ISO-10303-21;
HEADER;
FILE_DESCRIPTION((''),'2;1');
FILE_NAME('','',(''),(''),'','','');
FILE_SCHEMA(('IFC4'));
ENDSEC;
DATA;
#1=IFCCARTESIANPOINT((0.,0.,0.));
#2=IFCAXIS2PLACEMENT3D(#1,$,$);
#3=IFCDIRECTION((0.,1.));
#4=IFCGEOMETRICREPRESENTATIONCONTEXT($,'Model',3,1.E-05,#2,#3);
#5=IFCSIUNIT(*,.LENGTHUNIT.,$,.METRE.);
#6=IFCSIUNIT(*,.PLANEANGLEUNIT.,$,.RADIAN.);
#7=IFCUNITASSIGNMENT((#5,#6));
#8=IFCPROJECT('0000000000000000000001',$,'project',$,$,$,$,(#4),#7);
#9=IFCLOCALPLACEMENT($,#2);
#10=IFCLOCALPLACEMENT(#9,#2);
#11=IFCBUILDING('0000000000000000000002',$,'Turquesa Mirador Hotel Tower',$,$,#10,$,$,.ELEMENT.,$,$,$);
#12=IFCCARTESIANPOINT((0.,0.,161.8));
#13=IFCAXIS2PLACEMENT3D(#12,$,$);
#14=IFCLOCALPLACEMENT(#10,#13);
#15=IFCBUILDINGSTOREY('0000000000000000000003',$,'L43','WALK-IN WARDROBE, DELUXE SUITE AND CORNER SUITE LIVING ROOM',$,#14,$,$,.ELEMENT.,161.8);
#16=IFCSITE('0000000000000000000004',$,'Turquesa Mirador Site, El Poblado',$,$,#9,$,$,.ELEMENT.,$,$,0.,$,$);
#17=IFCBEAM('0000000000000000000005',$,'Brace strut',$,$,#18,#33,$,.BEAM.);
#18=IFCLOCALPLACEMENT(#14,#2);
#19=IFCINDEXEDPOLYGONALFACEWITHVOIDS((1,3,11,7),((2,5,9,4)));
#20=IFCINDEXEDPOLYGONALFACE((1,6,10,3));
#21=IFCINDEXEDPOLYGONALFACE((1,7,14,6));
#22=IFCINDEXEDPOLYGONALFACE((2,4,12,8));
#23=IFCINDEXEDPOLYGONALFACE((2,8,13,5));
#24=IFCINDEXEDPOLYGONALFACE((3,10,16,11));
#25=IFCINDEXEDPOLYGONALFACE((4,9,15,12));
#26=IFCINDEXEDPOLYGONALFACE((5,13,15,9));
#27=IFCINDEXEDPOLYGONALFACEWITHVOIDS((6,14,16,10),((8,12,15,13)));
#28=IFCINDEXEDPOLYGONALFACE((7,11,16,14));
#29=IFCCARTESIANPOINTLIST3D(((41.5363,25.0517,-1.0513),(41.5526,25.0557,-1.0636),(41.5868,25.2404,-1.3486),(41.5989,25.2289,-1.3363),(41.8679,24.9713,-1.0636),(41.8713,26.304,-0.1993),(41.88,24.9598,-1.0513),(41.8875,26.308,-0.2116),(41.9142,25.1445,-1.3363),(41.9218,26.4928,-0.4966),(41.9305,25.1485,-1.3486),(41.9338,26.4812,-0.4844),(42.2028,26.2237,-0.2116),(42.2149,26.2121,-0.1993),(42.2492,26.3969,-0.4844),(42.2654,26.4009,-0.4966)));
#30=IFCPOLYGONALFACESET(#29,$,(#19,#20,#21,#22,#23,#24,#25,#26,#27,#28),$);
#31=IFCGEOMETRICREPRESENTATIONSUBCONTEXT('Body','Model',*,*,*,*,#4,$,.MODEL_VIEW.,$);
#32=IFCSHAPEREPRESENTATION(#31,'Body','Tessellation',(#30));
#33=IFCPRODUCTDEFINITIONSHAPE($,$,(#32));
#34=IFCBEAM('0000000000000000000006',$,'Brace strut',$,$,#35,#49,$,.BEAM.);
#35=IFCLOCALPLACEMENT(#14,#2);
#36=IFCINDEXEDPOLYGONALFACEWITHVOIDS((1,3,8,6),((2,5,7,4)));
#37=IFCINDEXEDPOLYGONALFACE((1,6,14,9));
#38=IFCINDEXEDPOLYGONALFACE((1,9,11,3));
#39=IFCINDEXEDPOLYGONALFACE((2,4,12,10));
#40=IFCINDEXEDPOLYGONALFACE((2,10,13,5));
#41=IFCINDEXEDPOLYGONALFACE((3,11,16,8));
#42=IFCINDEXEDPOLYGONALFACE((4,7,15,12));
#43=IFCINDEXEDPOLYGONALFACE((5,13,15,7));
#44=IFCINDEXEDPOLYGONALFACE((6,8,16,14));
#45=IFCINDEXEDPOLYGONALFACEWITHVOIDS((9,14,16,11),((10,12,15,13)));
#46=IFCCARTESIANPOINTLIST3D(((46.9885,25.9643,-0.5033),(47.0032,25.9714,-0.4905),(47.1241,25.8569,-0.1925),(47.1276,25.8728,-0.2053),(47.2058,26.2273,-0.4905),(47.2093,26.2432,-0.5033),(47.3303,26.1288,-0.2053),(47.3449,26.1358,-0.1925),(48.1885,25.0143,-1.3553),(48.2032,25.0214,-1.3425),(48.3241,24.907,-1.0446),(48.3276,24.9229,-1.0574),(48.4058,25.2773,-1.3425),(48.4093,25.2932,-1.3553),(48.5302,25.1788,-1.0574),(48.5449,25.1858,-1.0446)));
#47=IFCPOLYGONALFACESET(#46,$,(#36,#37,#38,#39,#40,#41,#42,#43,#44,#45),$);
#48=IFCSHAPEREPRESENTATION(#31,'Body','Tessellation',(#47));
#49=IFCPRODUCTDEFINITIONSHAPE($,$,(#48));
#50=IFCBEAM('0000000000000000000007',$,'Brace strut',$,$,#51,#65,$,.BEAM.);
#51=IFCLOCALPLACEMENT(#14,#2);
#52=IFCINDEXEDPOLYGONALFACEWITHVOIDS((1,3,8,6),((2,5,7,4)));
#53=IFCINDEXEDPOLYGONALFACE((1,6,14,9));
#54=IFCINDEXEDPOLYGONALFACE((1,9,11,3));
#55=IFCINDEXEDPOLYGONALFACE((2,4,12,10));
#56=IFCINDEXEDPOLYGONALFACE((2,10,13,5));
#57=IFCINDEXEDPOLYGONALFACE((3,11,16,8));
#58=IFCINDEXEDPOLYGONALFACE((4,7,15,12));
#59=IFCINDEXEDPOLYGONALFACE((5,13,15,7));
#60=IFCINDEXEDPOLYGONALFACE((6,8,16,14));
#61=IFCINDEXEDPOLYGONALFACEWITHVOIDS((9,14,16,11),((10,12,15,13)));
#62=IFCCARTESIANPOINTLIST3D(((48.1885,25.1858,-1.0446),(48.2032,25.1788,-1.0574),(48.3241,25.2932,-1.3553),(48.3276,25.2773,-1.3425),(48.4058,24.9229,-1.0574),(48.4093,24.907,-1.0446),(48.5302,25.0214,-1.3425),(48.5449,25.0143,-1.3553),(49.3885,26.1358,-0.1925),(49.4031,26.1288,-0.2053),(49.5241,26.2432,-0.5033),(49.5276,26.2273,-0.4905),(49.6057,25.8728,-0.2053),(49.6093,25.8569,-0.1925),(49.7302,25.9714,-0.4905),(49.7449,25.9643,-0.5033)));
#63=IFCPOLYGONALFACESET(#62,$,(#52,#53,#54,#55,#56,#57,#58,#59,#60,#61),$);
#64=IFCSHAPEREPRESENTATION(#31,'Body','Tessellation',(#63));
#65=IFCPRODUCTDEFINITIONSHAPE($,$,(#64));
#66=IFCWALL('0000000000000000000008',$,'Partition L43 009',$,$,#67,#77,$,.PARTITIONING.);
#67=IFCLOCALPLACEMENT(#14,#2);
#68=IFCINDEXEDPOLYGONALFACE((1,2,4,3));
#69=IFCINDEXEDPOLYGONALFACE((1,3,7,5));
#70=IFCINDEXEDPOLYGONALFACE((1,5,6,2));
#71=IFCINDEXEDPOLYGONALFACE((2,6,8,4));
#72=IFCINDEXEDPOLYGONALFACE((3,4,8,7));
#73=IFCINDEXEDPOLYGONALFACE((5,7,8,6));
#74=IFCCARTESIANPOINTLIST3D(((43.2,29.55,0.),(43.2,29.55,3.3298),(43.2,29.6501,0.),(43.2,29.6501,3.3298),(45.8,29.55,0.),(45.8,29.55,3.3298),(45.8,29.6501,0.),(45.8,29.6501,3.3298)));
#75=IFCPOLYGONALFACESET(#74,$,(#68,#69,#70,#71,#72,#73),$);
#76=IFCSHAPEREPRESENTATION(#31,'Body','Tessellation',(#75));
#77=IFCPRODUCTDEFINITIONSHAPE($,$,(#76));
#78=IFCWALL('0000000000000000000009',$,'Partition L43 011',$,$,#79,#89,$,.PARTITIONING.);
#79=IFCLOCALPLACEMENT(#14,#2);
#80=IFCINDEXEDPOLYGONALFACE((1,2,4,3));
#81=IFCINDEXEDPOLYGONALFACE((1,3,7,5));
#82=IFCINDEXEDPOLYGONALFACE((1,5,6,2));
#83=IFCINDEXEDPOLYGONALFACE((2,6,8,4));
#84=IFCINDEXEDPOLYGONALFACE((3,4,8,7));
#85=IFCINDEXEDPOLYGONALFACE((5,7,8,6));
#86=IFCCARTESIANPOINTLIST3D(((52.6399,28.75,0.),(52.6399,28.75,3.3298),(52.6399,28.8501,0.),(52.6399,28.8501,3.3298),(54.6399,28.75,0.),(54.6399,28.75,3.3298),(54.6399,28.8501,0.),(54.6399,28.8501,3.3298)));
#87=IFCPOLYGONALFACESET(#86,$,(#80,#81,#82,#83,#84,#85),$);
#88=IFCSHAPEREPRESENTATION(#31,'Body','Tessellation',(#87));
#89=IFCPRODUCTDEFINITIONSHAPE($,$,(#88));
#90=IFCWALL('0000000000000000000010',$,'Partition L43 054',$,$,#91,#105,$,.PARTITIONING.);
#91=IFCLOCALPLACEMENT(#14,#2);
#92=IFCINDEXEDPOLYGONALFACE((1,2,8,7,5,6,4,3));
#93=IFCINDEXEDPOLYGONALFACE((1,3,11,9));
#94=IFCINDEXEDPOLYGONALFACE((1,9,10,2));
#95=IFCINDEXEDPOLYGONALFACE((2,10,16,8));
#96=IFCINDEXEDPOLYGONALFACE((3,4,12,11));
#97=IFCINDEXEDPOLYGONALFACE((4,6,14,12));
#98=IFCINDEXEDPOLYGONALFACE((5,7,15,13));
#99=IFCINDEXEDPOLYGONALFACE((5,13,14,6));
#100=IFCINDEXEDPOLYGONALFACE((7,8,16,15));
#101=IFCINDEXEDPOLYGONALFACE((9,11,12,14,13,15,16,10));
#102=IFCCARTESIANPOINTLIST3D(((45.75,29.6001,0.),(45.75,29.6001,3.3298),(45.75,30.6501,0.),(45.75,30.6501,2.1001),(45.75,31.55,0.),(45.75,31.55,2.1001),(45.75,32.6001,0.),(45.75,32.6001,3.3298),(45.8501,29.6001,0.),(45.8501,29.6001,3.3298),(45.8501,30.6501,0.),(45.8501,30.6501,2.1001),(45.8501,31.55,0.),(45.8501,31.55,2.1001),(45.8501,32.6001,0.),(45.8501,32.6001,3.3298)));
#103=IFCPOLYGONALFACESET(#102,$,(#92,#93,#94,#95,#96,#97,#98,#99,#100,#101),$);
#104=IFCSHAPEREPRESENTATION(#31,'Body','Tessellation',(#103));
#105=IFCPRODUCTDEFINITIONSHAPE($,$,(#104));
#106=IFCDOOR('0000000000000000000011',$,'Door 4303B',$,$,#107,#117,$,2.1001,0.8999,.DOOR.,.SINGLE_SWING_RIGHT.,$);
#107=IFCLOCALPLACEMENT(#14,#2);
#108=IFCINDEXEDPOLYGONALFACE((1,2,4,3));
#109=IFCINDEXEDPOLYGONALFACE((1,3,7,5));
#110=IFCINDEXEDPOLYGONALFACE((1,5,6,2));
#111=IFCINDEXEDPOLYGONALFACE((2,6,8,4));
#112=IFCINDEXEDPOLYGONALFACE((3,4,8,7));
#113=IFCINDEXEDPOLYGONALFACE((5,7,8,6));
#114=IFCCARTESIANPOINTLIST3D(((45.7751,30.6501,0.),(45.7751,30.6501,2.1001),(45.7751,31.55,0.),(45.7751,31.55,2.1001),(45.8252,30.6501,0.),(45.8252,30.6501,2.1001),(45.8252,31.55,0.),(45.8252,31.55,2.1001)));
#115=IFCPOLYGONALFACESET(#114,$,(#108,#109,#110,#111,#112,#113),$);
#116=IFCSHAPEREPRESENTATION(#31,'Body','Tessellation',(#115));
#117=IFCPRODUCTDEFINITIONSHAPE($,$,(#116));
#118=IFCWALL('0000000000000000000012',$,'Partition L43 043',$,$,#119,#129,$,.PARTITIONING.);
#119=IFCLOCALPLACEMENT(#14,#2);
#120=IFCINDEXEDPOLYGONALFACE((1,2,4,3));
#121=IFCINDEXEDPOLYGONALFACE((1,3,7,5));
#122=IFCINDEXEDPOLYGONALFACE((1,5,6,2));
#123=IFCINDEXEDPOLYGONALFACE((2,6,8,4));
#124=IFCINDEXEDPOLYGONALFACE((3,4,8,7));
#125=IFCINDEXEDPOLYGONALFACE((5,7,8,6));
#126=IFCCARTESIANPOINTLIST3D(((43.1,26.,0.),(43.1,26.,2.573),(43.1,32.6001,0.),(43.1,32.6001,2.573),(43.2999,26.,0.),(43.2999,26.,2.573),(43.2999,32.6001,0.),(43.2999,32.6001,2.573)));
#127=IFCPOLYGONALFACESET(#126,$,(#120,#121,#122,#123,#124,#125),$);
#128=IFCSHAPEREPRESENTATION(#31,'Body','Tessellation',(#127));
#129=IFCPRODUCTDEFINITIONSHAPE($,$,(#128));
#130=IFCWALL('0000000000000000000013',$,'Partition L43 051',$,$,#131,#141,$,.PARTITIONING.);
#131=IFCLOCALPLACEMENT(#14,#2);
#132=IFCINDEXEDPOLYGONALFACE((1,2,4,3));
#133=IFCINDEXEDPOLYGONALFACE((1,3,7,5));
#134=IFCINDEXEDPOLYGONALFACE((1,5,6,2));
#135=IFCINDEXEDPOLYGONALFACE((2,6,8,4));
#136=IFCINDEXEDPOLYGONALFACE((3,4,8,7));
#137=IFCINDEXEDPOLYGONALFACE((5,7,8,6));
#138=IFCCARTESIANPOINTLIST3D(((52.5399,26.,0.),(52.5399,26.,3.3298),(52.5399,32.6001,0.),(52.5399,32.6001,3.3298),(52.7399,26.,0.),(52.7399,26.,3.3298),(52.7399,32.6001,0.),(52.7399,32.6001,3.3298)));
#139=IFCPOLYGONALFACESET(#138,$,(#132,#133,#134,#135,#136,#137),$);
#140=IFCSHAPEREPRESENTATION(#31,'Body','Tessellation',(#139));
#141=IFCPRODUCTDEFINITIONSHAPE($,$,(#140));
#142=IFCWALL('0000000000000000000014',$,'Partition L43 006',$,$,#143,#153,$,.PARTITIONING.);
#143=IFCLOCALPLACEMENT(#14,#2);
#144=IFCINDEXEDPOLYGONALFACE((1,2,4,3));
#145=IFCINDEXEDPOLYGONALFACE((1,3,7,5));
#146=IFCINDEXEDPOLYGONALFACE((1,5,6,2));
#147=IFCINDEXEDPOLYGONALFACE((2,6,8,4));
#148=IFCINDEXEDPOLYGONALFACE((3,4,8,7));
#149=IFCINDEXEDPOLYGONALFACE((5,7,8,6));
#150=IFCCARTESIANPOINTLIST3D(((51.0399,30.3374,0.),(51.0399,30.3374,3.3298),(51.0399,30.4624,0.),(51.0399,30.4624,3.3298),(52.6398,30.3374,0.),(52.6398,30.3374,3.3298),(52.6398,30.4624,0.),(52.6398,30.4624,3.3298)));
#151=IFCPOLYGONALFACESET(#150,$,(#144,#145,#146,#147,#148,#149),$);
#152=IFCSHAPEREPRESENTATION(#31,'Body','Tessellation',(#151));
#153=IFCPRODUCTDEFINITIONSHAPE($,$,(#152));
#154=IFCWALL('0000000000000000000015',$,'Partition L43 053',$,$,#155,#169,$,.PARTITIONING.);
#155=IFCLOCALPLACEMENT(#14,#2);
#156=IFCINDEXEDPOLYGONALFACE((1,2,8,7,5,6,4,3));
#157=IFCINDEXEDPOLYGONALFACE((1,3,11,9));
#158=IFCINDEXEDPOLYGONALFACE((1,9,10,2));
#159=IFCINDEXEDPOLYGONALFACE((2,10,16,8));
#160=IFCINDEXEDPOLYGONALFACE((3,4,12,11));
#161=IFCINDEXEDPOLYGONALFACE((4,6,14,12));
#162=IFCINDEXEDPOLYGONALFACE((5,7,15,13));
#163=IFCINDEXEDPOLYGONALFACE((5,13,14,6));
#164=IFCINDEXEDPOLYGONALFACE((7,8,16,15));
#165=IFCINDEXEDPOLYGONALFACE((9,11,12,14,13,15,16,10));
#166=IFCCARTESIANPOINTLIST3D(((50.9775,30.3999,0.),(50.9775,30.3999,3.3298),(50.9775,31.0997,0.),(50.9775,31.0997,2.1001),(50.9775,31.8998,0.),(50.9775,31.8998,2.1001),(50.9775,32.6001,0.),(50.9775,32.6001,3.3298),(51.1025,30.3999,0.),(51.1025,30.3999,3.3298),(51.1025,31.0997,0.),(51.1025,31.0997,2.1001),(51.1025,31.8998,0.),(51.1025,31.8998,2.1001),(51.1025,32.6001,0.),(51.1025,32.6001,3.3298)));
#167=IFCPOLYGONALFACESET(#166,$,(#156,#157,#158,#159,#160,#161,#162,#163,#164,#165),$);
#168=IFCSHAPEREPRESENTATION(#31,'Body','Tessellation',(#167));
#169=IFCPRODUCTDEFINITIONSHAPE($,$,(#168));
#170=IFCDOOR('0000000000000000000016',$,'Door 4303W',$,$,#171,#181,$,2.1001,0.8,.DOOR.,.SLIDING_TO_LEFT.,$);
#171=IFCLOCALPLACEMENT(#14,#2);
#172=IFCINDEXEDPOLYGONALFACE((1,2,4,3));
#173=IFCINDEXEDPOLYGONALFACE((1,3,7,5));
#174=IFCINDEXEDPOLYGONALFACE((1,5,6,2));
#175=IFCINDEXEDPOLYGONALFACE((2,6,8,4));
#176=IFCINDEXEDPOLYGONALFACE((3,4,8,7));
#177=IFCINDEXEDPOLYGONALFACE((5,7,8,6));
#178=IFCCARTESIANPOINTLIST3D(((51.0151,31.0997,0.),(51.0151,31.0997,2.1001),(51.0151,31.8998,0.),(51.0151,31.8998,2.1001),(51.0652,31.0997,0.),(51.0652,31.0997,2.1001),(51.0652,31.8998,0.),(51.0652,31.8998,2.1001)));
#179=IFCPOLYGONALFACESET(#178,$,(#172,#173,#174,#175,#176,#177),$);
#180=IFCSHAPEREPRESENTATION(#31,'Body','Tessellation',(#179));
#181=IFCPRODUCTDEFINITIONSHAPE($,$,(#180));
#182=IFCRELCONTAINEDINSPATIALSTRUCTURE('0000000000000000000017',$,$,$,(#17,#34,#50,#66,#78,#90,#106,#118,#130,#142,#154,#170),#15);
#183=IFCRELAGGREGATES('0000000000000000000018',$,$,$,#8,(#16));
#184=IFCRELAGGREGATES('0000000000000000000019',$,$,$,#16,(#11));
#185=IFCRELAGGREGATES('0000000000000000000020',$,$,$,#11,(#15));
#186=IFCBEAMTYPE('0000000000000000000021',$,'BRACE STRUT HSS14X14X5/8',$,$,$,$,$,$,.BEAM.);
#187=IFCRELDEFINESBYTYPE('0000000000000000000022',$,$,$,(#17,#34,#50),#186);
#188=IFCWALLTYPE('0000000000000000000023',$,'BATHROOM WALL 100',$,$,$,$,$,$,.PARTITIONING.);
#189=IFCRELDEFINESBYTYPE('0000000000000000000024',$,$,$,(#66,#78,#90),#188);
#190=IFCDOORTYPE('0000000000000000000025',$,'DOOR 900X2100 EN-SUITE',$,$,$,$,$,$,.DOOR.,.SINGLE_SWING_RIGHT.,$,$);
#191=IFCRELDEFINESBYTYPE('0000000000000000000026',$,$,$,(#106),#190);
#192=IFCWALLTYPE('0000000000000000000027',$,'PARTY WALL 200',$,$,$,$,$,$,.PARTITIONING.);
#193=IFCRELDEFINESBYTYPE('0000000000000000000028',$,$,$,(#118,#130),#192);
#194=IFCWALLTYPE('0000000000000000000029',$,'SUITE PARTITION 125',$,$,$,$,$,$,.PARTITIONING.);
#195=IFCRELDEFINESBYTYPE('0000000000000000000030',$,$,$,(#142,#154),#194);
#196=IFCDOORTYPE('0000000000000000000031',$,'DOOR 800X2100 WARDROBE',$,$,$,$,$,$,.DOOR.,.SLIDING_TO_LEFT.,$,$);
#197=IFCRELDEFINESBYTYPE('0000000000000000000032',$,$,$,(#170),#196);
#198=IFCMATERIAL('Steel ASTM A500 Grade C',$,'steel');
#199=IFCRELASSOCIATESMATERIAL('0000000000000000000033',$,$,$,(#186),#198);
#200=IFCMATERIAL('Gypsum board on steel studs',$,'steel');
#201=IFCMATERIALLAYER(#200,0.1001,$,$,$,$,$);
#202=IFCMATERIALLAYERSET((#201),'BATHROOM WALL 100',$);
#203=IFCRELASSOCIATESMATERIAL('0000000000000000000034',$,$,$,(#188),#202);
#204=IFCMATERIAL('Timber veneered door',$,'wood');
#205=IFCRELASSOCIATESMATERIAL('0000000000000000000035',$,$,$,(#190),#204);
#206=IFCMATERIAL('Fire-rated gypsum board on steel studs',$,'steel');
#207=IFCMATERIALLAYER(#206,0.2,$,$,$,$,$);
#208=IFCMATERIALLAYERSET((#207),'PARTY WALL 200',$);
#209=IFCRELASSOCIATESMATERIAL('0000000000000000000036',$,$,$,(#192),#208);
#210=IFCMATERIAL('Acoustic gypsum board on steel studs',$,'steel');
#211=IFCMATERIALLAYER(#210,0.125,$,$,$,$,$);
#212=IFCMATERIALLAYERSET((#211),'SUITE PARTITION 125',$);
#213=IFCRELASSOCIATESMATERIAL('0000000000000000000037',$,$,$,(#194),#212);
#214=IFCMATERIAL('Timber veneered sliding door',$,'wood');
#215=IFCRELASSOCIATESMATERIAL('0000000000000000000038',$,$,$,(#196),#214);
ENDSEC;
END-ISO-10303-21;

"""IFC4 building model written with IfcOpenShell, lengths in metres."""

from ifc_helpers import new_model, si_unit, direction, frame, frame_2d, origin, origin_2d, place, context, subcontext, project, spatial, rectangle, hollow_rectangle, extrude, material, layer, layer_set, material_profile, profile_set, type_object, element, fill, save


model = new_model("IFC4")

# Units and contexts
model_context = context("Model", 3, precision=1e-05, world=origin(), true_north=direction((0.0, 1.0)))
body_context = subcontext(model_context, "Body", "Model", "MODEL_VIEW")
ifc_project = project(units=[si_unit("LENGTHUNIT", "METRE"), si_unit("PLANEANGLEUNIT", "RADIAN")], contexts=[model_context])

# Site, building, storey
site_placement = place(None, origin())
site = spatial("IfcSite", under=ifc_project, at=site_placement, Name="Turquesa Mirador Site, El Poblado", CompositionType="ELEMENT", RefElevation=0.0)
building_placement = place(site_placement, origin())
building = spatial("IfcBuilding", under=site, at=building_placement, Name="Turquesa Mirador Hotel Tower", CompositionType="ELEMENT")
storey_placement = place(building_placement, frame((0.0, 0.0, 161.8)))
storey = spatial("IfcBuildingStorey", under=building, at=storey_placement, Name="L43", Description="WALK-IN WARDROBE, DELUXE SUITE AND CORNER SUITE LIVING ROOM", CompositionType="ELEMENT", Elevation=161.8)

# Beams
ifc_material_1 = material(Name="Steel ASTM A500 Grade C", Category="steel")
ifc_material_profile_1 = material_profile(ifc_material_1, hollow_rectangle(XDim=0.3557, YDim=0.3557, WallThickness=0.0146, at=origin_2d()), Name="HSS14X14X5/8")
ifc_profile_set_1 = profile_set([ifc_material_profile_1], Name="Steel ASTM A500 Grade C")
beam_type_1 = type_object("IfcBeamType", Name="BRACE STRUT HSS14X14X5/8", PredefinedType="BEAM", material=ifc_profile_set_1)
beam_1_placement = place(storey_placement, frame((41.7334, 25.1001, -1.2), z_axis=(0.215911, 0.807305, 0.549219), x_axis=(-0.966047, 0.258366, 0.0)))
element("IfcBeam", 1, at=beam_1_placement, inside=storey, type_object=beam_type_1, Name="Brace strut", PredefinedType="BEAM", context=body_context, shape_type="SweptSolid", body=[
    extrude(hollow_rectangle(XDim=0.3557, YDim=0.3557, WallThickness=0.0146, at=origin_2d()), origin(), (0.0, 0.0, 1.0), 1.5513),
])
for number, where, z_axis, x_axis, name in (
    (2, (48.3667, 25.1001, -1.2), (-0.68504, 0.542318, 0.486427), (-0.620699, -0.784049, 0.0), "Brace strut"),
    (3, (48.3667, 25.1001, -1.2), (0.68504, 0.542318, 0.486427), (-0.620699, 0.784049, 0.0), "Brace strut"),
):
    element("IfcBeam", number, at=place(storey_placement, frame(where, z_axis=z_axis, x_axis=x_axis)), inside=storey, type_object=beam_type_1, Name=name, PredefinedType="BEAM", context=body_context, shape_type="SweptSolid", body=[
        extrude(hollow_rectangle(XDim=0.3557, YDim=0.3557, WallThickness=0.0146, at=origin_2d()), origin(), (0.0, 0.0, 1.0), 1.7517),
    ])

# Walls
ifc_material_2 = material(Name="Gypsum board on steel studs", Category="steel")
ifc_layer_1 = layer(ifc_material_2, 0.1001)
ifc_layer_set_1 = layer_set([ifc_layer_1], Name="BATHROOM WALL 100")
wall_type_1 = type_object("IfcWallType", Name="BATHROOM WALL 100", PredefinedType="PARTITIONING", material=ifc_layer_set_1)
wall_1_placement = place(storey_placement, frame((43.2, 29.6001, 0.0), z_axis=(0.0, 0.0, 1.0), x_axis=(1.0, 0.0, 0.0)))
element("IfcWall", 4, at=wall_1_placement, inside=storey, type_object=wall_type_1, Name="Partition L43 009", PredefinedType="PARTITIONING", context=body_context, shape_type="SweptSolid", body=[
    extrude(rectangle(XDim=2.6001, YDim=0.1001, at=frame_2d((1.3, 0.0))), origin(), (0.0, 0.0, 1.0), 3.3298),
])
wall_2_placement = place(storey_placement, frame((52.6399, 28.8, 0.0), z_axis=(0.0, 0.0, 1.0), x_axis=(1.0, 0.0, 0.0)))
element("IfcWall", 5, at=wall_2_placement, inside=storey, type_object=wall_type_1, Name="Partition L43 011", PredefinedType="PARTITIONING", context=body_context, shape_type="SweptSolid", body=[
    extrude(rectangle(XDim=2.0, YDim=0.1001, at=frame_2d((1.0, 0.0))), origin(), (0.0, 0.0, 1.0), 3.3298),
])

# Wall, opening, door
wall_3_placement = place(storey_placement, frame((45.8, 29.6001, 0.0), z_axis=(0.0, 0.0, 1.0), x_axis=(0.0, 1.0, 0.0)))
wall_3 = element("IfcWall", 6, at=wall_3_placement, inside=storey, type_object=wall_type_1, Name="Partition L43 054", PredefinedType="PARTITIONING", context=body_context, shape_type="SweptSolid", body=[
    extrude(rectangle(XDim=3.0, YDim=0.1001, at=frame_2d((1.5, 0.0))), origin(), (0.0, 0.0, 1.0), 3.3298),
])
opening_1_placement = place(wall_3_placement, frame((1.05, 0.0, 0.0)))
opening_1 = element("IfcOpeningElement", 7, at=opening_1_placement, cuts=wall_3, PredefinedType="OPENING", context=body_context, shape_type="SweptSolid", body=[
    extrude(rectangle(XDim=0.8999, YDim=2.1001, at=frame_2d((0.45, 1.05))), frame((0.0, 0.0601, 0.0), z_axis=(0.0, -1.0, 0.0), x_axis=(1.0, 0.0, 0.0)), (0.0, 0.0, 1.0), 0.1201),
])
ifc_material_3 = material(Name="Timber veneered door", Category="wood")
door_type_1 = type_object("IfcDoorType", Name="DOOR 900X2100 EN-SUITE", OperationType="SINGLE_SWING_RIGHT", PredefinedType="DOOR", material=ifc_material_3)
door_1_placement = place(opening_1_placement, origin())
door_1 = element("IfcDoor", 8, at=door_1_placement, inside=storey, type_object=door_type_1, Name="Door 4303B", OperationType="SINGLE_SWING_RIGHT", OverallHeight=2.1001, OverallWidth=0.8999, PredefinedType="DOOR", context=body_context, shape_type="SweptSolid", body=[
    extrude(rectangle(XDim=0.8999, YDim=2.1001, at=frame_2d((0.45, 1.05))), frame((0.0, 0.0249, 0.0), z_axis=(0.0, -1.0, 0.0), x_axis=(1.0, 0.0, 0.0)), (0.0, 0.0, 1.0), 0.05),
])
fill(opening_1, door_1)

# Walls
ifc_material_4 = material(Name="Fire-rated gypsum board on steel studs", Category="steel")
ifc_layer_2 = layer(ifc_material_4, 0.2)
ifc_layer_set_2 = layer_set([ifc_layer_2], Name="PARTY WALL 200")
wall_type_2 = type_object("IfcWallType", Name="PARTY WALL 200", PredefinedType="PARTITIONING", material=ifc_layer_set_2)
wall_4_placement = place(storey_placement, frame((43.2, 26.0, 0.0), z_axis=(0.0, 0.0, 1.0), x_axis=(0.0, 1.0, 0.0)))
element("IfcWall", 9, at=wall_4_placement, inside=storey, type_object=wall_type_2, Name="Partition L43 043", PredefinedType="PARTITIONING", context=body_context, shape_type="SweptSolid", body=[
    extrude(rectangle(XDim=6.6001, YDim=0.2, at=frame_2d((3.3, 0.0))), origin(), (0.0, 0.0, 1.0), 2.573),
])
wall_5_placement = place(storey_placement, frame((52.6399, 26.0, 0.0), z_axis=(0.0, 0.0, 1.0), x_axis=(0.0, 1.0, 0.0)))
element("IfcWall", 10, at=wall_5_placement, inside=storey, type_object=wall_type_2, Name="Partition L43 051", PredefinedType="PARTITIONING", context=body_context, shape_type="SweptSolid", body=[
    extrude(rectangle(XDim=6.6001, YDim=0.2, at=frame_2d((3.3, 0.0))), origin(), (0.0, 0.0, 1.0), 3.3298),
])
ifc_material_5 = material(Name="Acoustic gypsum board on steel studs", Category="steel")
ifc_layer_3 = layer(ifc_material_5, 0.125)
ifc_layer_set_3 = layer_set([ifc_layer_3], Name="SUITE PARTITION 125")
wall_type_3 = type_object("IfcWallType", Name="SUITE PARTITION 125", PredefinedType="PARTITIONING", material=ifc_layer_set_3)
wall_6_placement = place(storey_placement, frame((51.04, 30.3999, 0.0), z_axis=(0.0, 0.0, 1.0), x_axis=(1.0, 0.0, 0.0)))
element("IfcWall", 11, at=wall_6_placement, inside=storey, type_object=wall_type_3, Name="Partition L43 006", PredefinedType="PARTITIONING", context=body_context, shape_type="SweptSolid", body=[
    extrude(rectangle(XDim=1.5999, YDim=0.125, at=frame_2d((0.7998, 0.0))), origin(), (0.0, 0.0, 1.0), 3.3298),
])

# Wall, opening, door
wall_7_placement = place(storey_placement, frame((51.04, 30.3999, 0.0), z_axis=(0.0, 0.0, 1.0), x_axis=(0.0, 1.0, 0.0)))
wall_7 = element("IfcWall", 12, at=wall_7_placement, inside=storey, type_object=wall_type_3, Name="Partition L43 053", PredefinedType="PARTITIONING", context=body_context, shape_type="SweptSolid", body=[
    extrude(rectangle(XDim=2.2002, YDim=0.125, at=frame_2d((1.1001, 0.0))), origin(), (0.0, 0.0, 1.0), 3.3298),
])
opening_2_placement = place(wall_7_placement, frame((0.7, 0.0, 0.0)))
opening_2 = element("IfcOpeningElement", 13, at=opening_2_placement, cuts=wall_7, PredefinedType="OPENING", context=body_context, shape_type="SweptSolid", body=[
    extrude(rectangle(XDim=0.8, YDim=2.1001, at=frame_2d((0.3999, 1.05))), frame((0.0, 0.0725, 0.0), z_axis=(0.0, -1.0, 0.0), x_axis=(1.0, 0.0, 0.0)), (0.0, 0.0, 1.0), 0.145),
])
ifc_material_6 = material(Name="Timber veneered sliding door", Category="wood")
door_type_2 = type_object("IfcDoorType", Name="DOOR 800X2100 WARDROBE", OperationType="SLIDING_TO_LEFT", PredefinedType="DOOR", material=ifc_material_6)
door_2_placement = place(opening_2_placement, origin())
door_2 = element("IfcDoor", 14, at=door_2_placement, inside=storey, type_object=door_type_2, Name="Door 4303W", OperationType="SLIDING_TO_LEFT", OverallHeight=2.1001, OverallWidth=0.8, PredefinedType="DOOR", context=body_context, shape_type="SweptSolid", body=[
    extrude(rectangle(XDim=0.8, YDim=2.1001, at=frame_2d((0.3999, 1.05))), frame((0.0, 0.0249, 0.0), z_axis=(0.0, -1.0, 0.0), x_axis=(1.0, 0.0, 0.0)), (0.0, 0.0, 1.0), 0.05),
])
fill(opening_2, door_2)

save(model, "model.ifc")
